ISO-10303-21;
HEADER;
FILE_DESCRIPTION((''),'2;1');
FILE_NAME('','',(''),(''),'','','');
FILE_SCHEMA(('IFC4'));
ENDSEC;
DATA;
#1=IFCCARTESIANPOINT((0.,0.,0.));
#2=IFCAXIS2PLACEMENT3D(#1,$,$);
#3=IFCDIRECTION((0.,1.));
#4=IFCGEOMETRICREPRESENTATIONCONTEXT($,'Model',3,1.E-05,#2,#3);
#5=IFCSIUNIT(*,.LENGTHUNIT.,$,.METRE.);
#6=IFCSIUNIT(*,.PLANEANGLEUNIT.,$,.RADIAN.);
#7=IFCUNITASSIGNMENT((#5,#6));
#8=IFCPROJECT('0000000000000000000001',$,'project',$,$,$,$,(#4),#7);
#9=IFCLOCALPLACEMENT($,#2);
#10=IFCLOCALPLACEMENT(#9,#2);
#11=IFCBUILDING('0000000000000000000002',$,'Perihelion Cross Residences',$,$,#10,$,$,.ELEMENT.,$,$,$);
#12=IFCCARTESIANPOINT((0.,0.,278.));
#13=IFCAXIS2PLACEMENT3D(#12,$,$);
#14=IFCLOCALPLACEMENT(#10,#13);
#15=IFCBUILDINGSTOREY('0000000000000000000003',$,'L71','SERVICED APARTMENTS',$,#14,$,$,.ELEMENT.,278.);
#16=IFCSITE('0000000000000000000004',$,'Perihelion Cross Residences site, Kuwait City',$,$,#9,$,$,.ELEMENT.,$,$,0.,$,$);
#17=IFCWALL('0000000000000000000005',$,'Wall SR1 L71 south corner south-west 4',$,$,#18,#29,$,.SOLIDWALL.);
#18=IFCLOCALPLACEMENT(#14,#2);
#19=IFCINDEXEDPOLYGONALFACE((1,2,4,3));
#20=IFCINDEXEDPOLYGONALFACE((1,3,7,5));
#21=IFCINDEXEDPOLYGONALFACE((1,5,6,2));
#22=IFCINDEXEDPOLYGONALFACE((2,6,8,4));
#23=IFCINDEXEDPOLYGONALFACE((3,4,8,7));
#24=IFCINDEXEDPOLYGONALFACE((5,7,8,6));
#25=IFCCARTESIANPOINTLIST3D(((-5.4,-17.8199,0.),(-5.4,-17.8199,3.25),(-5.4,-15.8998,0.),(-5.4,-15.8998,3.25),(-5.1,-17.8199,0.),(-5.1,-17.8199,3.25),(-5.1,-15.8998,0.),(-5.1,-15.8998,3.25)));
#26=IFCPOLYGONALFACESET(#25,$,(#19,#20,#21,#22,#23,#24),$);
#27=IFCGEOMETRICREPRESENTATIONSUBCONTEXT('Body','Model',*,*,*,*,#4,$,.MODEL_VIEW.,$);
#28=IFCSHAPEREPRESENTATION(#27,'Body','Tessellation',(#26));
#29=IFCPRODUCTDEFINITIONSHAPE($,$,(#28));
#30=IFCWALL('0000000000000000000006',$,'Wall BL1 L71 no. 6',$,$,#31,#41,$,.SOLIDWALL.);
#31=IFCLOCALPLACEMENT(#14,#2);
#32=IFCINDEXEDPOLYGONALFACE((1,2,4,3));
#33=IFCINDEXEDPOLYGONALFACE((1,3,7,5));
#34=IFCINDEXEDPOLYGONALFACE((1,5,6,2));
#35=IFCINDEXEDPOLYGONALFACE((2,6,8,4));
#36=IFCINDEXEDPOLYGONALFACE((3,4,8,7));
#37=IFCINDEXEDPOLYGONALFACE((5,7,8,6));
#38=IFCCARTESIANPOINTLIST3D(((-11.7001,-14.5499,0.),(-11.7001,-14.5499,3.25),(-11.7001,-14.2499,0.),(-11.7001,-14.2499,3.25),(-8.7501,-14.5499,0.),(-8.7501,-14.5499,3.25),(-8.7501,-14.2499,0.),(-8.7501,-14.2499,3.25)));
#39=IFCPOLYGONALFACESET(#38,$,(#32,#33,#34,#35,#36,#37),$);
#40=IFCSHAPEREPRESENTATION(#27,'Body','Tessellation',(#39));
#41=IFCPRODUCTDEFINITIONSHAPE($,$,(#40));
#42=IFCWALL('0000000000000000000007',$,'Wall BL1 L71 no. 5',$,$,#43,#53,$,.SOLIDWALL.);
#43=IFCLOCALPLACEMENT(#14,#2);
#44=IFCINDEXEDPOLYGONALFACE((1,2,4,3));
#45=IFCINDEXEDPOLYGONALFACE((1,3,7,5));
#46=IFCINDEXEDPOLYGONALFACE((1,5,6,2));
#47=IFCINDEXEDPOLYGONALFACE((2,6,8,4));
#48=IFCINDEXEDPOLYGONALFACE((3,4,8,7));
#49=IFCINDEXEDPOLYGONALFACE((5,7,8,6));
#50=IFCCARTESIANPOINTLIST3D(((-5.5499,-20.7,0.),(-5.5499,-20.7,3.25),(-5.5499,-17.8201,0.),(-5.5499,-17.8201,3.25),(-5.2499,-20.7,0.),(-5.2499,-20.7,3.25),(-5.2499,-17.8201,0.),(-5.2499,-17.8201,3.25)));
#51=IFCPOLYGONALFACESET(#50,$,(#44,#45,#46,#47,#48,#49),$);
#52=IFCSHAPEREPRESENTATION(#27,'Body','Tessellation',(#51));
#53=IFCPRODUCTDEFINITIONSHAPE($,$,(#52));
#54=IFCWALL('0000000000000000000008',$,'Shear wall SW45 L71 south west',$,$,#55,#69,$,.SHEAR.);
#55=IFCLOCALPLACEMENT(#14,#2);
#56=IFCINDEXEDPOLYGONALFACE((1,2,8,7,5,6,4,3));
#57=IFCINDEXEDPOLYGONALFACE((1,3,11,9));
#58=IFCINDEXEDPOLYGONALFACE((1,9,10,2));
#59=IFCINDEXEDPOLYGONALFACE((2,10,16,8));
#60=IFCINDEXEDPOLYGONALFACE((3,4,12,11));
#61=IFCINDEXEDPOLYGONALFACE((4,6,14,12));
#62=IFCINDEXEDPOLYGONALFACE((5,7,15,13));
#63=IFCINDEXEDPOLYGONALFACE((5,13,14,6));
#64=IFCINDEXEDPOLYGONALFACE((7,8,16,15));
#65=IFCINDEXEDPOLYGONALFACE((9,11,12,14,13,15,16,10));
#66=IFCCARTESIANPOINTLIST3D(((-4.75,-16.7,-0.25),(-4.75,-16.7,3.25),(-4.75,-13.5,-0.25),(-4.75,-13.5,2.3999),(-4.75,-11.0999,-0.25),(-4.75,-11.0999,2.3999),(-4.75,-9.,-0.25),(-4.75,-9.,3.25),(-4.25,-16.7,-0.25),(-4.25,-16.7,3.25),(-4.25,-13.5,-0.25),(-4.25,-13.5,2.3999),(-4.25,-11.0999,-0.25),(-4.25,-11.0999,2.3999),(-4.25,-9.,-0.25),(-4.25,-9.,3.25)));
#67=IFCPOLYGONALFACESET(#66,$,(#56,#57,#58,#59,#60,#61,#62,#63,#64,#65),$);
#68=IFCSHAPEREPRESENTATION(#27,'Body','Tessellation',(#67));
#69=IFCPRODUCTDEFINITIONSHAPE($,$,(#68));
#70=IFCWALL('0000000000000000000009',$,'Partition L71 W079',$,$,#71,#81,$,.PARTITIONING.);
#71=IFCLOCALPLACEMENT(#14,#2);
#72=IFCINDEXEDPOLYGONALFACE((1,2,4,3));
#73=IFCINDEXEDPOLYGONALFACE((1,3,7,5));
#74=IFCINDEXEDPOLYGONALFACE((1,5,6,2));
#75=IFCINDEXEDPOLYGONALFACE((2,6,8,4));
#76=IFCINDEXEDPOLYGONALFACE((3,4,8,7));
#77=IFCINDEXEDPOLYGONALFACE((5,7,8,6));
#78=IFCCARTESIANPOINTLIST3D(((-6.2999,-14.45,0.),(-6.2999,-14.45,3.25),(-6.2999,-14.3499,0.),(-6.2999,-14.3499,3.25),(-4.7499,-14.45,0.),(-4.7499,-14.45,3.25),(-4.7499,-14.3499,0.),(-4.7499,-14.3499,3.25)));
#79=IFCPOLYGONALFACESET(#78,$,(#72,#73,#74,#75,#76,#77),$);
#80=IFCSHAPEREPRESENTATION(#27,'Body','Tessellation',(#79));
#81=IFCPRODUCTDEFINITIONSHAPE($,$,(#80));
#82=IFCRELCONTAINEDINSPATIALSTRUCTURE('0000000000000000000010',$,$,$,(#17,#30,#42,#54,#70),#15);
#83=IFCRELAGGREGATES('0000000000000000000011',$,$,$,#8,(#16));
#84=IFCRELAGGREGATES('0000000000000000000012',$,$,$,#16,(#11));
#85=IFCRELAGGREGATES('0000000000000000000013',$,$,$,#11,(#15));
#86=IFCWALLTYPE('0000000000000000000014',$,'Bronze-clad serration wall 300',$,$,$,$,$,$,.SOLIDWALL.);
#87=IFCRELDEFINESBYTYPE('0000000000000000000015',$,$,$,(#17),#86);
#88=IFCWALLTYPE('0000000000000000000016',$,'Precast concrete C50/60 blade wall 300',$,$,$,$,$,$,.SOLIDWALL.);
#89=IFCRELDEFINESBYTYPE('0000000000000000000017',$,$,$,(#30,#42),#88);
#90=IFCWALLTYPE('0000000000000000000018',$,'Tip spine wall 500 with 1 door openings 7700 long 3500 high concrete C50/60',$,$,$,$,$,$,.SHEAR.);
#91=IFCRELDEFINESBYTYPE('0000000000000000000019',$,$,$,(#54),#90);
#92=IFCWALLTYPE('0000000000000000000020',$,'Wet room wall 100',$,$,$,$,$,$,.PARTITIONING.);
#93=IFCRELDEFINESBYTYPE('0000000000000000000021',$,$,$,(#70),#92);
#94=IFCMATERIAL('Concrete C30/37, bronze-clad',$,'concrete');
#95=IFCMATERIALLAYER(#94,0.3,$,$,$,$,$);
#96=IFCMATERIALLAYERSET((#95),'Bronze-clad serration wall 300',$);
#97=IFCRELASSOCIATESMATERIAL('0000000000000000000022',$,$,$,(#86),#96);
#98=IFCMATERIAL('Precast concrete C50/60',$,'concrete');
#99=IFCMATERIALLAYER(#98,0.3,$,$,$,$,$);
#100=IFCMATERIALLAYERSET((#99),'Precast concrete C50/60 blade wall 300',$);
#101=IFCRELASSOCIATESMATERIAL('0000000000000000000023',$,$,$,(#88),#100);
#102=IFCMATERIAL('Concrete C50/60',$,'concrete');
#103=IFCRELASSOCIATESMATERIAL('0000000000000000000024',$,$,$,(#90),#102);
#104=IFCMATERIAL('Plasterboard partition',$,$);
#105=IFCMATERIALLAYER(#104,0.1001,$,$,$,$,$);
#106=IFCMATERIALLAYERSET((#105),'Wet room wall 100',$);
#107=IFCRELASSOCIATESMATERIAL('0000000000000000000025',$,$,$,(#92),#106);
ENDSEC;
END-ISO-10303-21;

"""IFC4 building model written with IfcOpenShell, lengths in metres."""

from ifc_helpers import new_model, si_unit, direction, frame, frame_2d, origin, place, context, subcontext, project, spatial, polyline, rectangle, outline, extrude, material, layer, layer_set, material_profile, profile_set, type_object, element, save


model = new_model("IFC4")

# Units and contexts
model_context = context("Model", 3, precision=1e-05, world=origin(), true_north=direction((0.0, 1.0)))
body_context = subcontext(model_context, "Body", "Model", "MODEL_VIEW")
ifc_project = project(units=[si_unit("LENGTHUNIT", "METRE"), si_unit("PLANEANGLEUNIT", "RADIAN")], contexts=[model_context])

# Site, building, storey
site_placement = place(None, origin())
site = spatial("IfcSite", under=ifc_project, at=site_placement, Name="Perihelion Cross Residences site, Kuwait City", CompositionType="ELEMENT", RefElevation=0.0)
building_placement = place(site_placement, origin())
building = spatial("IfcBuilding", under=site, at=building_placement, Name="Perihelion Cross Residences", CompositionType="ELEMENT")
storey_placement = place(building_placement, frame((0.0, 0.0, 278.0)))
storey = spatial("IfcBuildingStorey", under=building, at=storey_placement, Name="L71", Description="SERVICED APARTMENTS", CompositionType="ELEMENT", Elevation=278.0)

# Walls
ifc_material_1 = material(Name="Concrete C30/37, bronze-clad", Category="concrete")
ifc_layer_1 = layer(ifc_material_1, 0.3)
ifc_layer_set_1 = layer_set([ifc_layer_1], Name="Bronze-clad serration wall 300")
wall_type_1 = type_object("IfcWallType", Name="Bronze-clad serration wall 300", PredefinedType="SOLIDWALL", material=ifc_layer_set_1)
wall_1_placement = place(storey_placement, frame((-5.25, -15.8999, 0.0), z_axis=(0.0, 0.0, 1.0), x_axis=(0.0, -1.0, 0.0)))
element("IfcWall", 1, at=wall_1_placement, inside=storey, type_object=wall_type_1, Name="Wall SR1 L71 south corner south-west 4", PredefinedType="SOLIDWALL", context=body_context, shape_type="SweptSolid", body=[
    extrude(rectangle(XDim=1.9202, YDim=0.3, at=frame_2d((0.96, 0.0))), origin(), (0.0, 0.0, 1.0), 3.25),
])
ifc_material_2 = material(Name="Precast concrete C50/60", Category="concrete")
ifc_layer_2 = layer(ifc_material_2, 0.3)
ifc_layer_set_2 = layer_set([ifc_layer_2], Name="Precast concrete C50/60 blade wall 300")
wall_type_2 = type_object("IfcWallType", Name="Precast concrete C50/60 blade wall 300", PredefinedType="SOLIDWALL", material=ifc_layer_set_2)
wall_2_placement = place(storey_placement, frame((-8.75, -14.3999, 0.0), z_axis=(0.0, 0.0, 1.0), x_axis=(-1.0, 0.0, 0.0)))
element("IfcWall", 2, at=wall_2_placement, inside=storey, type_object=wall_type_2, Name="Wall BL1 L71 no. 6", PredefinedType="SOLIDWALL", context=body_context, shape_type="SweptSolid", body=[
    extrude(rectangle(XDim=2.95, YDim=0.3, at=frame_2d((1.4751, 0.0))), origin(), (0.0, 0.0, 1.0), 3.25),
])
wall_3_placement = place(storey_placement, frame((-5.3999, -17.8201, 0.0), z_axis=(0.0, 0.0, 1.0), x_axis=(0.0, -1.0, 0.0)))
element("IfcWall", 3, at=wall_3_placement, inside=storey, type_object=wall_type_2, Name="Wall BL1 L71 no. 5", PredefinedType="SOLIDWALL", context=body_context, shape_type="SweptSolid", body=[
    extrude(rectangle(XDim=2.8799, YDim=0.3, at=frame_2d((1.4399, 0.0))), origin(), (0.0, 0.0, 1.0), 3.25),
])
ifc_material_3 = material(Name="Concrete C50/60", Category="concrete")
ifc_material_profile_1 = material_profile(ifc_material_3, outline(polyline([(0.0, 0.0), (3.2, 0.0), (3.2, 2.6499), (5.6001, 2.6499), (5.6001, 0.0), (7.7, 0.0), (7.7, 3.5), (0.0, 3.5), (0.0, 0.0)])), Name="Tip spine wall")
ifc_profile_set_1 = profile_set([ifc_material_profile_1], Name="Concrete C50/60")
wall_type_3 = type_object("IfcWallType", Name="Tip spine wall 500 with 1 door openings 7700 long 3500 high concrete C50/60", PredefinedType="SHEAR", material=ifc_profile_set_1)
wall_4_placement = place(storey_placement, frame((-4.75, -16.7, -0.25), z_axis=(1.0, 0.0, 0.0), x_axis=(0.0, 1.0, 0.0)))
element("IfcWall", 4, at=wall_4_placement, inside=storey, type_object=wall_type_3, Name="Shear wall SW45 L71 south west", PredefinedType="SHEAR", context=body_context, shape_type="SweptSolid", body=[
    extrude(outline(polyline([(0.0, 0.0), (3.2, 0.0), (3.2, 2.6499), (5.6001, 2.6499), (5.6001, 0.0), (7.7, 0.0), (7.7, 3.5), (0.0, 3.5), (0.0, 0.0)])), origin(), (0.0, 0.0, 1.0), 0.5),
])
ifc_material_4 = material(Name="Plasterboard partition")
ifc_layer_3 = layer(ifc_material_4, 0.1001)
ifc_layer_set_3 = layer_set([ifc_layer_3], Name="Wet room wall 100")
wall_type_4 = type_object("IfcWallType", Name="Wet room wall 100", PredefinedType="PARTITIONING", material=ifc_layer_set_3)
wall_5_placement = place(storey_placement, frame((-4.75, -14.3999, 0.0), z_axis=(0.0, 0.0, 1.0), x_axis=(-1.0, 0.0, 0.0)))
element("IfcWall", 5, at=wall_5_placement, inside=storey, type_object=wall_type_4, Name="Partition L71 W079", PredefinedType="PARTITIONING", context=body_context, shape_type="SweptSolid", body=[
    extrude(rectangle(XDim=1.55, YDim=0.1001, at=frame_2d((0.7749, 0.0))), origin(), (0.0, 0.0, 1.0), 3.25),
])

save(model, "model.ifc")
